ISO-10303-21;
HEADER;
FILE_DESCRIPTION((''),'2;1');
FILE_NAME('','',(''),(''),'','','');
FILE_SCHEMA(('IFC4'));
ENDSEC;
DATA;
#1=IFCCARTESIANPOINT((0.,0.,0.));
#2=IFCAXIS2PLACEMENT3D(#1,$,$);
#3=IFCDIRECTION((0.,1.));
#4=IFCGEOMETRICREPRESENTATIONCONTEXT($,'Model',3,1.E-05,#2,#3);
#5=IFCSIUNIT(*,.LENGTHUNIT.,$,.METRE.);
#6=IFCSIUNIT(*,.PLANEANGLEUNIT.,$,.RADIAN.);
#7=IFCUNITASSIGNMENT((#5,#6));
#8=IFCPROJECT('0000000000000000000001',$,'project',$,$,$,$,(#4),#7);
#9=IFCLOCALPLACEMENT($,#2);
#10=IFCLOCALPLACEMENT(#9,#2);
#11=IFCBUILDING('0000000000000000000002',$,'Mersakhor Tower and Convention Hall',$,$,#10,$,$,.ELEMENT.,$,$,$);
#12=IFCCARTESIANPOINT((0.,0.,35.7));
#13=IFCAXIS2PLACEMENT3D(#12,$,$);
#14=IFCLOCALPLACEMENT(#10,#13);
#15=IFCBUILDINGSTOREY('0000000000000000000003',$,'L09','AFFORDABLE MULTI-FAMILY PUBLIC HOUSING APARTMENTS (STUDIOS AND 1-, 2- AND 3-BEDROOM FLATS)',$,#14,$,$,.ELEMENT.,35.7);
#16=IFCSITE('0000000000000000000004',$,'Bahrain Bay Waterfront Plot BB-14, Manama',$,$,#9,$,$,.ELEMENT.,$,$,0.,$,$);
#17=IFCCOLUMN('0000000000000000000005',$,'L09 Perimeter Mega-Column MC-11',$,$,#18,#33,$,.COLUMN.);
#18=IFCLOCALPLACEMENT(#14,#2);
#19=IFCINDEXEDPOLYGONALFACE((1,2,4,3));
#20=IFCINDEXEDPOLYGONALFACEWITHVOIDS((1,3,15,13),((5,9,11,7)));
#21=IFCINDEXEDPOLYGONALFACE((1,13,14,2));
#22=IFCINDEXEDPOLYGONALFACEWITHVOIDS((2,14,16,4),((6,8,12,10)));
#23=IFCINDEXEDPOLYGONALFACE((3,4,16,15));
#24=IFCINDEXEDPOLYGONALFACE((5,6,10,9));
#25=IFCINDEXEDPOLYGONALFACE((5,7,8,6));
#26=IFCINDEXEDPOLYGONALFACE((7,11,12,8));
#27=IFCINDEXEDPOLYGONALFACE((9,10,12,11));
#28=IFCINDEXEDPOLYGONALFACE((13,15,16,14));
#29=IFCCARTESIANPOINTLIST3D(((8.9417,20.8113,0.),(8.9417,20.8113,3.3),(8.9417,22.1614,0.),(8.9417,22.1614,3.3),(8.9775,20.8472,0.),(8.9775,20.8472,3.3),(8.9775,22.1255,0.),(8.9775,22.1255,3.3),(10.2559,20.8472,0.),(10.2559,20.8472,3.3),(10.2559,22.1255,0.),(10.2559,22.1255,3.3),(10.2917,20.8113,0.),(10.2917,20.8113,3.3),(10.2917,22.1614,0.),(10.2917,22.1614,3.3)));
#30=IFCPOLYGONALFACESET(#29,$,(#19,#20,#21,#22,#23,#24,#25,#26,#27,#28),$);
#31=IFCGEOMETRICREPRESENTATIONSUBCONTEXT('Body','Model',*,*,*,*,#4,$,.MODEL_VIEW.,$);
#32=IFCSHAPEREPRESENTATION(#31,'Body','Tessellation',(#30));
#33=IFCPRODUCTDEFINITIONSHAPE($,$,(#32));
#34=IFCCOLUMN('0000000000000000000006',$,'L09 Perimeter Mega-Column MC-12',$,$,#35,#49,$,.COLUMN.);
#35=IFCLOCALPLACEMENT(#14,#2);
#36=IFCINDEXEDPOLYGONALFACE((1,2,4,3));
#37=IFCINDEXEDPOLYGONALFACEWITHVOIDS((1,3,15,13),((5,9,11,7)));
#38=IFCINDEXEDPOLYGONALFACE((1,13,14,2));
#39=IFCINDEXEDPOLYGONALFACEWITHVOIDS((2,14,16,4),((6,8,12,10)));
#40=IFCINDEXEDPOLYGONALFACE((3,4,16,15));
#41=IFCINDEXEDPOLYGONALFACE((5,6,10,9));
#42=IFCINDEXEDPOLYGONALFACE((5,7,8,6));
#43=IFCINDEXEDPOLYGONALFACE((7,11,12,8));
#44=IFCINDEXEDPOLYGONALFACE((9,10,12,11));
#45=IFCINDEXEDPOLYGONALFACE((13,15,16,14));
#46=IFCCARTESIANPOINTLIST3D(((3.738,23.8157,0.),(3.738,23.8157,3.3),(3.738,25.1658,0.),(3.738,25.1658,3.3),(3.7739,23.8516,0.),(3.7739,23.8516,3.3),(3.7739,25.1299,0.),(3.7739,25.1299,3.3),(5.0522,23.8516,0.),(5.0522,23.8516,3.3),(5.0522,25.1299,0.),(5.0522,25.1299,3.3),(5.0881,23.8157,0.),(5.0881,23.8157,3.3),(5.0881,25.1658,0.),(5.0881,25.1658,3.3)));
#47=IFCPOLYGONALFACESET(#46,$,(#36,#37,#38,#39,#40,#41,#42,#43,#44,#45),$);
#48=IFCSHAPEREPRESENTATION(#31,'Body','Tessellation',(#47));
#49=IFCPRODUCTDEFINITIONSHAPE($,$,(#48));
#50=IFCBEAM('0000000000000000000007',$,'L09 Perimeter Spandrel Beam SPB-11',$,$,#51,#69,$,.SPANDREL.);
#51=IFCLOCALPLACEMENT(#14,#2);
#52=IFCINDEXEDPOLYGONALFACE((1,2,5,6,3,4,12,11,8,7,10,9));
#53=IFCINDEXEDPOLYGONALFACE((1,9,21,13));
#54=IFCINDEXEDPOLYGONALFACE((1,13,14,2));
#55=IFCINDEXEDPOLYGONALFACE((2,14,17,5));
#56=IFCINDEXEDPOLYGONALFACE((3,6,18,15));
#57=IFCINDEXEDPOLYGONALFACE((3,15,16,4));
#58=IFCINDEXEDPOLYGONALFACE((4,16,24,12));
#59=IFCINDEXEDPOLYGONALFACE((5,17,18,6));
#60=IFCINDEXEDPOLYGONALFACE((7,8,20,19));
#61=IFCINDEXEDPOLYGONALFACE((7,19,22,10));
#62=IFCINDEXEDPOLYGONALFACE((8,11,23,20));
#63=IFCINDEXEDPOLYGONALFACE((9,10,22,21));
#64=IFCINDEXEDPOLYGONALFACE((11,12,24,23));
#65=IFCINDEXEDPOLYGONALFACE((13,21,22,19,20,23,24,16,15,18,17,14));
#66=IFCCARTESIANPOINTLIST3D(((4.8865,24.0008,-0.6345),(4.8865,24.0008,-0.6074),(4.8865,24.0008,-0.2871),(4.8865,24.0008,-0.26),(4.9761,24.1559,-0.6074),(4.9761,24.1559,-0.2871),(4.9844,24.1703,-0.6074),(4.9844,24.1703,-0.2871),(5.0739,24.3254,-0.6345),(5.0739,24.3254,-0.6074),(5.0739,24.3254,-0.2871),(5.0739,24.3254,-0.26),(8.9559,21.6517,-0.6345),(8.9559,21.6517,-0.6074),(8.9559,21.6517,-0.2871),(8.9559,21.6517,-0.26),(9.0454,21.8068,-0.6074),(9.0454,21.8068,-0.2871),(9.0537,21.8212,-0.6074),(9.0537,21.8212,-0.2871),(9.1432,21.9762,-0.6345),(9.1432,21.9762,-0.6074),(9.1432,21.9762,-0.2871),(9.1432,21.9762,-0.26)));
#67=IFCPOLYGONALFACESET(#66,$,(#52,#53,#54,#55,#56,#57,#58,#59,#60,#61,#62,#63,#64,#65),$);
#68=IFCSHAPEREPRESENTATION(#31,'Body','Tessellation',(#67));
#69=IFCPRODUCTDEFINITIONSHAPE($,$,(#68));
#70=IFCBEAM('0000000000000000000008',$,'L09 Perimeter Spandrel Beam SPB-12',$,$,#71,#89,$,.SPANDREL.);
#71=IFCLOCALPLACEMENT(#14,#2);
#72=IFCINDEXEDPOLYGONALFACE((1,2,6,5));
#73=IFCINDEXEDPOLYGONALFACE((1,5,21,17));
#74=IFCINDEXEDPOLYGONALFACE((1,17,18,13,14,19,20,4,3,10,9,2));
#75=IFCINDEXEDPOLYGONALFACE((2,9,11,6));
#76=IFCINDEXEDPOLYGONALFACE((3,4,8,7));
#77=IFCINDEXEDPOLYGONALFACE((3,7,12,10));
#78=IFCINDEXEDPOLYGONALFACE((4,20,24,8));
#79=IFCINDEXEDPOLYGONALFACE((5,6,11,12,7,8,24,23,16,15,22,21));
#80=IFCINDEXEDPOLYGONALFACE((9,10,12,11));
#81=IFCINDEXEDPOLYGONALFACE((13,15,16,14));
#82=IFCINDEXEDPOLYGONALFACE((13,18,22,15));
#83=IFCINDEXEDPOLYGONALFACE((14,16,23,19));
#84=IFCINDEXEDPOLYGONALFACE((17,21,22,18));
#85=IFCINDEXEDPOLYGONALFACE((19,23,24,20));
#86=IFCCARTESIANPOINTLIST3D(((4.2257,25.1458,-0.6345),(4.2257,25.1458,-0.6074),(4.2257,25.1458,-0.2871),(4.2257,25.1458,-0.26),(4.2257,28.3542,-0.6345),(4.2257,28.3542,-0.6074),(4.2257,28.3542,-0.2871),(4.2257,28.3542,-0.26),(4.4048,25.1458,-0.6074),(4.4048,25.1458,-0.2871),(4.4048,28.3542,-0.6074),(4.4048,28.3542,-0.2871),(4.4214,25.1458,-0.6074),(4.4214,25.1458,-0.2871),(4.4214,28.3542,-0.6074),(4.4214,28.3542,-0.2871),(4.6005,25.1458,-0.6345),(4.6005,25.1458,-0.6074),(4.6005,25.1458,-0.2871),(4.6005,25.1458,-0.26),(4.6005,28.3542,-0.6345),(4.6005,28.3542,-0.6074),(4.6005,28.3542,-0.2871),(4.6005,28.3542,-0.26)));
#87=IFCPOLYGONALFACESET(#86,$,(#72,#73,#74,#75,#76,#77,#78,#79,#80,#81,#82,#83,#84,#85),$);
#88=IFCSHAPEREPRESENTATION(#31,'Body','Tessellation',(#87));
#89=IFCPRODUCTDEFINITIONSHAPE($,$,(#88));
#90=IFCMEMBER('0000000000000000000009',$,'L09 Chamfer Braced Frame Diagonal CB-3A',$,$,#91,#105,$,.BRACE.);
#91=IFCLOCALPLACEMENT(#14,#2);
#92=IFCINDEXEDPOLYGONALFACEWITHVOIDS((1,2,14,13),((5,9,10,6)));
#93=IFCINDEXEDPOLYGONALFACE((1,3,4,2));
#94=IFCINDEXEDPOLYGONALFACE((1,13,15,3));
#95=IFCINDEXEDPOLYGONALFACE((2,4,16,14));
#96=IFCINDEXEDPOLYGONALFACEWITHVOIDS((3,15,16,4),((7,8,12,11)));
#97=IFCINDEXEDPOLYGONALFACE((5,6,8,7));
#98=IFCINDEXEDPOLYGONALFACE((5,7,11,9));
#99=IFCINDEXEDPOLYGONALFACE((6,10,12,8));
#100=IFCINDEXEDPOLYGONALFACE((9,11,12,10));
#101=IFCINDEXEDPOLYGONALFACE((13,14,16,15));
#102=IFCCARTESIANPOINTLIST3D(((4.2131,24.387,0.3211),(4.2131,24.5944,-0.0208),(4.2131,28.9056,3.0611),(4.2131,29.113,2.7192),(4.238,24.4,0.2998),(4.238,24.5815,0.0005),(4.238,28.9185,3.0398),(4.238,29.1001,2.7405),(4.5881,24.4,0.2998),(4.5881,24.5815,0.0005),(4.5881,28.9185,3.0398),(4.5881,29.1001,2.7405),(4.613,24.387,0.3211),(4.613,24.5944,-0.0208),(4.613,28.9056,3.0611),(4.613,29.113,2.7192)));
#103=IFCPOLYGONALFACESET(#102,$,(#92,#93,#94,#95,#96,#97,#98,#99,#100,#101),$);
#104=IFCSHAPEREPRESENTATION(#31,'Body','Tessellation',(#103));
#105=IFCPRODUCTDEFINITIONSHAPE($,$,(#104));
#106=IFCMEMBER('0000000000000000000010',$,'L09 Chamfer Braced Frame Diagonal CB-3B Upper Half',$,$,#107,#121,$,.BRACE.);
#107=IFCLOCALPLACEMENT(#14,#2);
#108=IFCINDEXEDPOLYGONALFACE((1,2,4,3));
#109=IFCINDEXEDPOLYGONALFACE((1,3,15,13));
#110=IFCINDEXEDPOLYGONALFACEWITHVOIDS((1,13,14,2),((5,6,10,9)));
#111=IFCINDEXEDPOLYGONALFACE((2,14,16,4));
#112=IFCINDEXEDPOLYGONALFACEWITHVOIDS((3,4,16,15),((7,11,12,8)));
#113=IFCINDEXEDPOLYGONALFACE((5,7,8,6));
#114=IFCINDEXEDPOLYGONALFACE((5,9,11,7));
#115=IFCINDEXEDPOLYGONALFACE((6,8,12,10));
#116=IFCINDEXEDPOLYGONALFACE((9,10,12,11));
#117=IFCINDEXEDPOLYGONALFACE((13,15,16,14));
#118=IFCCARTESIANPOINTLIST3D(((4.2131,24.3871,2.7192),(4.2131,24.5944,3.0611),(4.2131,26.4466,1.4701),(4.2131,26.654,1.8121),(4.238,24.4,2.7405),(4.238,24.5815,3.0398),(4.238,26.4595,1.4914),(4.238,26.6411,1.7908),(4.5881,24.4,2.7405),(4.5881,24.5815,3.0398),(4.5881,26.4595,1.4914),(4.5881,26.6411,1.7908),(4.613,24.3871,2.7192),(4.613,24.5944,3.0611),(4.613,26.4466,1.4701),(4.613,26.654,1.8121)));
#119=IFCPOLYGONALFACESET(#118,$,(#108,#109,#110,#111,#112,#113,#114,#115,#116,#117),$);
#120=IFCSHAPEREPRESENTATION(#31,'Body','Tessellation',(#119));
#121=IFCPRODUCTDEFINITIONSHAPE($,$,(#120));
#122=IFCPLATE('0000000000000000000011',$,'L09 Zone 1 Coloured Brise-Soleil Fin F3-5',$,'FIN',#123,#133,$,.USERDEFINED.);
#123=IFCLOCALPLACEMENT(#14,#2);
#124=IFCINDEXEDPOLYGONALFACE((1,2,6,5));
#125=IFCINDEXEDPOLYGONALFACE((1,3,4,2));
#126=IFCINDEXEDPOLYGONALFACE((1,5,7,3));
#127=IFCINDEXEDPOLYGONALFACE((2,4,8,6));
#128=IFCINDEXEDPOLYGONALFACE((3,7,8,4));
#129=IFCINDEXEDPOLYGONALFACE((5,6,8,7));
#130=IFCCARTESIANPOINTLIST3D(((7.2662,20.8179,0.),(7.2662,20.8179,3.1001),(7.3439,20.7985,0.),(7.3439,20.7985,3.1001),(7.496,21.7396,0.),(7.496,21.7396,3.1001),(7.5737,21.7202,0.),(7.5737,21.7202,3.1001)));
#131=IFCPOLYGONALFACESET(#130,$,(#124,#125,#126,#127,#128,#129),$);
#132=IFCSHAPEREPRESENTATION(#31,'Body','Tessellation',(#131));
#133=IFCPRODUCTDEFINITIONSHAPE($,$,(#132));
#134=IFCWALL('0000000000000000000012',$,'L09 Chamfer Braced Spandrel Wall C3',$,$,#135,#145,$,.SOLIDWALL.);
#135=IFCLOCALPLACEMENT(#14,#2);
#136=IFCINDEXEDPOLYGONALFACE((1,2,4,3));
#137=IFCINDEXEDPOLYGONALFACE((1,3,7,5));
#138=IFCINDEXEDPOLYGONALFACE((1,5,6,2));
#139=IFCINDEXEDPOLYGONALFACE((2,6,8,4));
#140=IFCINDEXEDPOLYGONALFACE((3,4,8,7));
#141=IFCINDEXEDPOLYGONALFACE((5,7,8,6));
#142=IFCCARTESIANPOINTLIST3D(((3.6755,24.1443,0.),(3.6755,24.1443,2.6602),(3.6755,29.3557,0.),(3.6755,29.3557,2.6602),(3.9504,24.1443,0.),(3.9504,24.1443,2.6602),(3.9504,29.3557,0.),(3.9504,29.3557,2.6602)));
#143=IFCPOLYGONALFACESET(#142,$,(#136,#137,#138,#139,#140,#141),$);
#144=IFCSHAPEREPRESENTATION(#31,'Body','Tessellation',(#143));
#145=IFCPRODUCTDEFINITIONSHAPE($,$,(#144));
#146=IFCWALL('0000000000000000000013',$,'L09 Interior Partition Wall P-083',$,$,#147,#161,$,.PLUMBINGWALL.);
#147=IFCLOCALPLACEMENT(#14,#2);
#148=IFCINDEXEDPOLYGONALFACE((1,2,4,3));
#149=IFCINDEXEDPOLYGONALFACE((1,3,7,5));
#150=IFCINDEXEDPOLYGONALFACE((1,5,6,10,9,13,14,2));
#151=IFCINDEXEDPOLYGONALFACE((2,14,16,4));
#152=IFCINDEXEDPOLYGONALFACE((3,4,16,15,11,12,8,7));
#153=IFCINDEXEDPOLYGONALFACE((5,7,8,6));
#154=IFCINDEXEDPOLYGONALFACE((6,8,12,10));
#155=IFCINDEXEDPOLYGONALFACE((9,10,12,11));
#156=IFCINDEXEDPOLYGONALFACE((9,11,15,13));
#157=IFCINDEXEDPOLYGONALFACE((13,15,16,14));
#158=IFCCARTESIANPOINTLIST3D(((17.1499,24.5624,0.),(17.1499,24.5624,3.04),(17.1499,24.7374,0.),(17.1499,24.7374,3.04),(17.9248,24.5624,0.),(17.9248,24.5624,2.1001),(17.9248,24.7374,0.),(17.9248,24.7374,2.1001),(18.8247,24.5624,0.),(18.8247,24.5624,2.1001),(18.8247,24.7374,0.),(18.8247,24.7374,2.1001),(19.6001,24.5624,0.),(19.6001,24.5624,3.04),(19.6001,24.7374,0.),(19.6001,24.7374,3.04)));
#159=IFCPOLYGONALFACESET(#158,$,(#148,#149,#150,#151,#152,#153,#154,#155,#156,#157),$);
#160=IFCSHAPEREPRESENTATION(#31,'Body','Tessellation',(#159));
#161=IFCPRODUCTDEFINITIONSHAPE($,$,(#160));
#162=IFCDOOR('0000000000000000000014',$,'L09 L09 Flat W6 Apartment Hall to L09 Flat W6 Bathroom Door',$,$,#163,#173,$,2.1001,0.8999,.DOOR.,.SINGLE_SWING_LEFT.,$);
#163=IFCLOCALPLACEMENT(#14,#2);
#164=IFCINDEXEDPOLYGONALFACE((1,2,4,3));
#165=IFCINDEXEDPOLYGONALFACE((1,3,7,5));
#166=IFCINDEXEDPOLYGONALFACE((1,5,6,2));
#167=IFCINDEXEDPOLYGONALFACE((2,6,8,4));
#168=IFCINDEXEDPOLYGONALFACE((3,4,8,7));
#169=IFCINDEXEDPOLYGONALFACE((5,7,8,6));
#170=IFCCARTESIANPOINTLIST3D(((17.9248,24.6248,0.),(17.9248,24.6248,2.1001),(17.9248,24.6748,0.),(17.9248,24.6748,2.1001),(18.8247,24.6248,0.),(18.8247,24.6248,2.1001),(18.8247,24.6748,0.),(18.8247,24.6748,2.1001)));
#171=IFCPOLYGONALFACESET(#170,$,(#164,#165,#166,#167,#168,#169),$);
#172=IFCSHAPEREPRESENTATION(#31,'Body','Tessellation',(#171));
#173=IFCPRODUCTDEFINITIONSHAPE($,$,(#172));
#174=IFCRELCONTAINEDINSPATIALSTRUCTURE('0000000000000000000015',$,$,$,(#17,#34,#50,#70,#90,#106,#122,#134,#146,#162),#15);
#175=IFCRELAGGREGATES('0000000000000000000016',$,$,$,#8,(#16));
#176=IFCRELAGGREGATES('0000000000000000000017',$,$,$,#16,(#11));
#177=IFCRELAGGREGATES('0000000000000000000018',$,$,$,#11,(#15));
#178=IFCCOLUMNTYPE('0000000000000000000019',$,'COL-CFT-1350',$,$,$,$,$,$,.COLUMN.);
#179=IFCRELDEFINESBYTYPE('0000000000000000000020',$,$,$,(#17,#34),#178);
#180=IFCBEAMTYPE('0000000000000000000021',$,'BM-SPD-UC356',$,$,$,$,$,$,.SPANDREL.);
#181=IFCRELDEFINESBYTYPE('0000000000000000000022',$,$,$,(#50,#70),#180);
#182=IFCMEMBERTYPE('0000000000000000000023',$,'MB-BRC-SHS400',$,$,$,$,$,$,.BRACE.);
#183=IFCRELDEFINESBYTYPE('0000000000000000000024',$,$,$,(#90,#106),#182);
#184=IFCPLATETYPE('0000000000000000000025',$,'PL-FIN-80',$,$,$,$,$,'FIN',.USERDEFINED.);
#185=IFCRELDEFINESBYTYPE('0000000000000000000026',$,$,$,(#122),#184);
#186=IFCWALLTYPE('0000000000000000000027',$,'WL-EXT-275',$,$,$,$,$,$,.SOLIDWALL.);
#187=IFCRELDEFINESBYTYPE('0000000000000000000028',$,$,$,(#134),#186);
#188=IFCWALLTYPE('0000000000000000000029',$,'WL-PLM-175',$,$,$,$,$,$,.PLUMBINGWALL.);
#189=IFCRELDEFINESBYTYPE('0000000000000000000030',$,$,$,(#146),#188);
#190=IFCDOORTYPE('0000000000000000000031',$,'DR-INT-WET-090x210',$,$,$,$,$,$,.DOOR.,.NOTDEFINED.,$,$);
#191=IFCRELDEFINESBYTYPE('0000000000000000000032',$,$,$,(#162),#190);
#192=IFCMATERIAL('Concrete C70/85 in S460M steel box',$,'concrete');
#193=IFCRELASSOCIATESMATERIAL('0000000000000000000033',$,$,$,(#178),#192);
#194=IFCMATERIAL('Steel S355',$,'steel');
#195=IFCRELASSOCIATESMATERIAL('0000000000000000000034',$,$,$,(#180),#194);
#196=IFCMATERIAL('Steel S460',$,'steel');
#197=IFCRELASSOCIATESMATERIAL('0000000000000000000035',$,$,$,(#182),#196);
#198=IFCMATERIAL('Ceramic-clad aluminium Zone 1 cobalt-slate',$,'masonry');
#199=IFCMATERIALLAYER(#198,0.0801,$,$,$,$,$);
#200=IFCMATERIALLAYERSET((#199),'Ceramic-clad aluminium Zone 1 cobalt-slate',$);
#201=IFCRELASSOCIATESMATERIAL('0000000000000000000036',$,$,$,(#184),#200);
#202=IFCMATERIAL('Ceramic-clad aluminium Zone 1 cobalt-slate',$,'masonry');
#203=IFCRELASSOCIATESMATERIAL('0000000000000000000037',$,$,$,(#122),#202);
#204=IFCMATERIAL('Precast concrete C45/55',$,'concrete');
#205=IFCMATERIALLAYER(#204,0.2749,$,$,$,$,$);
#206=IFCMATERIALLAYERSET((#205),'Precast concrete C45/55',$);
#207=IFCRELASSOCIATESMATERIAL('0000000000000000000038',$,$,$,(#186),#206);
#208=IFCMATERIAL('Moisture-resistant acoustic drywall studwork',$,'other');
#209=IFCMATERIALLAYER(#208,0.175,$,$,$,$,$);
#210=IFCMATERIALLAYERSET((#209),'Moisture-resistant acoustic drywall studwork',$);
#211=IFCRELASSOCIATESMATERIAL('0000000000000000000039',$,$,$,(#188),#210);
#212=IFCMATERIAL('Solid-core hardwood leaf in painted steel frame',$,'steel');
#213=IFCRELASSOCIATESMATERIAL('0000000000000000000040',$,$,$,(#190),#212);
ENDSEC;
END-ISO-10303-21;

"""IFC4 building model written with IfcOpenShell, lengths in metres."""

from ifc_helpers import new_model, si_unit, direction, frame, frame_2d, origin, origin_2d, place, context, subcontext, project, spatial, rectangle, hollow_rectangle, i_section, extrude, material, layer, layer_set, material_profile, profile_set, type_object, element, fill, save


model = new_model("IFC4")

# Units and contexts
model_context = context("Model", 3, precision=1e-05, world=origin(), true_north=direction((0.0, 1.0)))
body_context = subcontext(model_context, "Body", "Model", "MODEL_VIEW")
ifc_project = project(units=[si_unit("LENGTHUNIT", "METRE"), si_unit("PLANEANGLEUNIT", "RADIAN")], contexts=[model_context])

# Site, building, storey
site_placement = place(None, origin())
site = spatial("IfcSite", under=ifc_project, at=site_placement, Name="Bahrain Bay Waterfront Plot BB-14, Manama", CompositionType="ELEMENT", RefElevation=0.0)
building_placement = place(site_placement, origin())
building = spatial("IfcBuilding", under=site, at=building_placement, Name="Mersakhor Tower and Convention Hall", CompositionType="ELEMENT")
storey_placement = place(building_placement, frame((0.0, 0.0, 35.7)))
storey = spatial("IfcBuildingStorey", under=building, at=storey_placement, Name="L09", Description="AFFORDABLE MULTI-FAMILY PUBLIC HOUSING APARTMENTS (STUDIOS AND 1-, 2- AND 3-BEDROOM FLATS)", CompositionType="ELEMENT", Elevation=35.7)

# Columns
ifc_material_1 = material(Name="Concrete C70/85 in S460M steel box", Category="concrete")
ifc_material_profile_1 = material_profile(ifc_material_1, hollow_rectangle(XDim=1.3501, YDim=1.3501, WallThickness=0.0359, at=origin_2d()), Name="SHS 1350x1350x36")
ifc_profile_set_1 = profile_set([ifc_material_profile_1], Name="Concrete C70/85 in S460M steel box")
column_type = type_object("IfcColumnType", Name="COL-CFT-1350", PredefinedType="COLUMN", material=ifc_profile_set_1)
for number, where, z_axis, x_axis, name in (
    (1, (9.6167, 21.4863, 0.0), (0.0, 0.0, 1.0), (1.0, 0.0, 0.0), "L09 Perimeter Mega-Column MC-11"),
    (2, (4.4131, 24.4907, 0.0), (0.0, 0.0, 1.0), (1.0, 0.0, 0.0), "L09 Perimeter Mega-Column MC-12"),
):
    element("IfcColumn", number, at=place(storey_placement, frame(where, z_axis=z_axis, x_axis=x_axis)), inside=storey, type_object=column_type, Name=name, PredefinedType="COLUMN", context=body_context, shape_type="SweptSolid", body=[
        extrude(hollow_rectangle(XDim=1.3501, YDim=1.3501, WallThickness=0.0359, at=origin_2d()), origin(), (0.0, 0.0, 1.0), 3.3),
    ])

# Beams
ifc_material_2 = material(Name="Steel S355", Category="steel")
ifc_material_profile_2 = material_profile(ifc_material_2, i_section(OverallWidth=0.3748, OverallDepth=0.3745, WebThickness=0.0166, FlangeThickness=0.0271, at=origin_2d()), Name="UC 356x368x202")
ifc_profile_set_2 = profile_set([ifc_material_profile_2], Name="Steel S355")
beam_type = type_object("IfcBeamType", Name="BM-SPD-UC356", PredefinedType="SPANDREL", material=ifc_profile_set_2)
beam_1_placement = place(storey_placement, frame((9.0496, 21.814, -0.4473), z_axis=(-0.866054, 0.49995, 0.0), x_axis=(-0.49995, -0.866054, 0.0)))
element("IfcBeam", 3, at=beam_1_placement, inside=storey, type_object=beam_type, Name="L09 Perimeter Spandrel Beam SPB-11", PredefinedType="SPANDREL", context=body_context, shape_type="SweptSolid", body=[
    extrude(i_section(OverallWidth=0.3748, OverallDepth=0.3745, WebThickness=0.0166, FlangeThickness=0.0271, at=origin_2d()), origin(), (0.0, 0.0, 1.0), 4.6987),
])
beam_2_placement = place(storey_placement, frame((4.4131, 25.1458, -0.4473), z_axis=(0.0, 1.0, 0.0), x_axis=(-1.0, 0.0, 0.0)))
element("IfcBeam", 4, at=beam_2_placement, inside=storey, type_object=beam_type, Name="L09 Perimeter Spandrel Beam SPB-12", PredefinedType="SPANDREL", context=body_context, shape_type="SweptSolid", body=[
    extrude(i_section(OverallWidth=0.3748, OverallDepth=0.3745, WebThickness=0.0166, FlangeThickness=0.0271, at=origin_2d()), origin(), (0.0, 0.0, 1.0), 3.2085),
])

# Members
ifc_material_3 = material(Name="Steel S460", Category="steel")
ifc_material_profile_3 = material_profile(ifc_material_3, hollow_rectangle(XDim=0.3999, YDim=0.3999, WallThickness=0.0249, at=origin_2d()), Name="SHS 400x400x25")
ifc_profile_set_3 = profile_set([ifc_material_profile_3], Name="Steel S460")
member_type = type_object("IfcMemberType", Name="MB-BRC-SHS400", PredefinedType="BRACE", material=ifc_profile_set_3)
member_1_placement = place(storey_placement, frame((4.4131, 24.4907, 0.1501), z_axis=(0.0, 0.855074, 0.518505), x_axis=(-1.0, 0.0, 0.0)))
element("IfcMember", 5, at=member_1_placement, inside=storey, type_object=member_type, Name="L09 Chamfer Braced Frame Diagonal CB-3A", PredefinedType="BRACE", context=body_context, shape_type="SweptSolid", body=[
    extrude(hollow_rectangle(XDim=0.3999, YDim=0.3999, WallThickness=0.0249, at=origin_2d()), origin(), (0.0, 0.0, 1.0), 5.2844),
])
member_2_placement = place(storey_placement, frame((4.4131, 26.5503, 1.6411), z_axis=(0.0, -0.855051, 0.518544), x_axis=(1.0, 0.0, 0.0)))
element("IfcMember", 6, at=member_2_placement, inside=storey, type_object=member_type, Name="L09 Chamfer Braced Frame Diagonal CB-3B Upper Half", PredefinedType="BRACE", context=body_context, shape_type="SweptSolid", body=[
    extrude(hollow_rectangle(XDim=0.3999, YDim=0.3999, WallThickness=0.0249, at=origin_2d()), origin(), (0.0, 0.0, 1.0), 2.4087),
])

# Plate
ifc_material_4 = material(Name="Ceramic-clad aluminium Zone 1 cobalt-slate", Category="masonry")
ifc_material_5 = material(Name="Ceramic-clad aluminium Zone 1 cobalt-slate", Category="masonry")
ifc_layer_1 = layer(ifc_material_5, 0.0801)
ifc_layer_set_1 = layer_set([ifc_layer_1], Name="Ceramic-clad aluminium Zone 1 cobalt-slate")
plate_type = type_object("IfcPlateType", Name="PL-FIN-80", ElementType="FIN", PredefinedType="USERDEFINED", material=ifc_layer_set_1)
plate_placement = place(storey_placement, frame((7.4199, 21.269, 0.0), z_axis=(0.0, 0.0, 1.0), x_axis=(-0.241922, -0.970296, 0.0)))
element("IfcPlate", 7, at=plate_placement, inside=storey, type_object=plate_type, material=ifc_material_4, Name="L09 Zone 1 Coloured Brise-Soleil Fin F3-5", ObjectType="FIN", PredefinedType="USERDEFINED", context=body_context, shape_type="SweptSolid", body=[
    extrude(rectangle(XDim=0.95, YDim=0.0801, at=origin_2d()), origin(), (0.0, 0.0, 1.0), 3.1001),
])

# Wall
ifc_material_6 = material(Name="Precast concrete C45/55", Category="concrete")
ifc_layer_2 = layer(ifc_material_6, 0.2749)
ifc_layer_set_2 = layer_set([ifc_layer_2], Name="Precast concrete C45/55")
wall_type_1 = type_object("IfcWallType", Name="WL-EXT-275", PredefinedType="SOLIDWALL", material=ifc_layer_set_2)
wall_1_placement = place(storey_placement, frame((3.813, 24.1443, 0.0), z_axis=(0.0, 0.0, 1.0), x_axis=(0.0, 1.0, 0.0)))
element("IfcWall", 8, at=wall_1_placement, inside=storey, type_object=wall_type_1, Name="L09 Chamfer Braced Spandrel Wall C3", PredefinedType="SOLIDWALL", context=body_context, shape_type="SweptSolid", body=[
    extrude(rectangle(XDim=5.2114, YDim=0.2749, at=frame_2d((2.6057, 0.0))), origin(), (0.0, 0.0, 1.0), 2.6602),
])

# Wall, opening, door
ifc_material_7 = material(Name="Moisture-resistant acoustic drywall studwork", Category="other")
ifc_layer_3 = layer(ifc_material_7, 0.175)
ifc_layer_set_3 = layer_set([ifc_layer_3], Name="Moisture-resistant acoustic drywall studwork")
wall_type_2 = type_object("IfcWallType", Name="WL-PLM-175", PredefinedType="PLUMBINGWALL", material=ifc_layer_set_3)
wall_2_placement = place(storey_placement, frame((17.1499, 24.6499, 0.0), z_axis=(0.0, 0.0, 1.0), x_axis=(1.0, 0.0, 0.0)))
wall_2 = element("IfcWall", 9, at=wall_2_placement, inside=storey, type_object=wall_type_2, Name="L09 Interior Partition Wall P-083", PredefinedType="PLUMBINGWALL", context=body_context, shape_type="SweptSolid", body=[
    extrude(rectangle(XDim=2.4502, YDim=0.175, at=frame_2d((1.2251, 0.0))), origin(), (0.0, 0.0, 1.0), 3.04),
])
opening_1_placement = place(wall_2_placement, frame((0.7749, 0.0, 0.0)))
opening_1 = element("IfcOpeningElement", 10, at=opening_1_placement, cuts=wall_2, PredefinedType="OPENING", context=body_context, shape_type="SweptSolid", body=[
    extrude(rectangle(XDim=0.8999, YDim=2.1001, at=frame_2d((0.45, 1.05))), frame((0.0, 0.0974, 0.0), z_axis=(0.0, -1.0, 0.0), x_axis=(1.0, 0.0, 0.0)), (0.0, 0.0, 1.0), 0.1951),
])
ifc_material_8 = material(Name="Solid-core hardwood leaf in painted steel frame", Category="steel")
door_type_1 = type_object("IfcDoorType", Name="DR-INT-WET-090x210", OperationType="NOTDEFINED", PredefinedType="DOOR", material=ifc_material_8)
door_1_placement = place(opening_1_placement, origin())
door_1 = element("IfcDoor", 11, at=door_1_placement, inside=storey, type_object=door_type_1, Name="L09 L09 Flat W6 Apartment Hall to L09 Flat W6 Bathroom Door", OperationType="SINGLE_SWING_LEFT", OverallHeight=2.1001, OverallWidth=0.8999, PredefinedType="DOOR", context=body_context, shape_type="SweptSolid", body=[
    extrude(rectangle(XDim=0.8999, YDim=2.1001, at=frame_2d((0.45, 1.05))), frame((0.0, 0.0249, 0.0), z_axis=(0.0, -1.0, 0.0), x_axis=(1.0, 0.0, 0.0)), (0.0, 0.0, 1.0), 0.05),
])
fill(opening_1, door_1)

save(model, "model.ifc")
